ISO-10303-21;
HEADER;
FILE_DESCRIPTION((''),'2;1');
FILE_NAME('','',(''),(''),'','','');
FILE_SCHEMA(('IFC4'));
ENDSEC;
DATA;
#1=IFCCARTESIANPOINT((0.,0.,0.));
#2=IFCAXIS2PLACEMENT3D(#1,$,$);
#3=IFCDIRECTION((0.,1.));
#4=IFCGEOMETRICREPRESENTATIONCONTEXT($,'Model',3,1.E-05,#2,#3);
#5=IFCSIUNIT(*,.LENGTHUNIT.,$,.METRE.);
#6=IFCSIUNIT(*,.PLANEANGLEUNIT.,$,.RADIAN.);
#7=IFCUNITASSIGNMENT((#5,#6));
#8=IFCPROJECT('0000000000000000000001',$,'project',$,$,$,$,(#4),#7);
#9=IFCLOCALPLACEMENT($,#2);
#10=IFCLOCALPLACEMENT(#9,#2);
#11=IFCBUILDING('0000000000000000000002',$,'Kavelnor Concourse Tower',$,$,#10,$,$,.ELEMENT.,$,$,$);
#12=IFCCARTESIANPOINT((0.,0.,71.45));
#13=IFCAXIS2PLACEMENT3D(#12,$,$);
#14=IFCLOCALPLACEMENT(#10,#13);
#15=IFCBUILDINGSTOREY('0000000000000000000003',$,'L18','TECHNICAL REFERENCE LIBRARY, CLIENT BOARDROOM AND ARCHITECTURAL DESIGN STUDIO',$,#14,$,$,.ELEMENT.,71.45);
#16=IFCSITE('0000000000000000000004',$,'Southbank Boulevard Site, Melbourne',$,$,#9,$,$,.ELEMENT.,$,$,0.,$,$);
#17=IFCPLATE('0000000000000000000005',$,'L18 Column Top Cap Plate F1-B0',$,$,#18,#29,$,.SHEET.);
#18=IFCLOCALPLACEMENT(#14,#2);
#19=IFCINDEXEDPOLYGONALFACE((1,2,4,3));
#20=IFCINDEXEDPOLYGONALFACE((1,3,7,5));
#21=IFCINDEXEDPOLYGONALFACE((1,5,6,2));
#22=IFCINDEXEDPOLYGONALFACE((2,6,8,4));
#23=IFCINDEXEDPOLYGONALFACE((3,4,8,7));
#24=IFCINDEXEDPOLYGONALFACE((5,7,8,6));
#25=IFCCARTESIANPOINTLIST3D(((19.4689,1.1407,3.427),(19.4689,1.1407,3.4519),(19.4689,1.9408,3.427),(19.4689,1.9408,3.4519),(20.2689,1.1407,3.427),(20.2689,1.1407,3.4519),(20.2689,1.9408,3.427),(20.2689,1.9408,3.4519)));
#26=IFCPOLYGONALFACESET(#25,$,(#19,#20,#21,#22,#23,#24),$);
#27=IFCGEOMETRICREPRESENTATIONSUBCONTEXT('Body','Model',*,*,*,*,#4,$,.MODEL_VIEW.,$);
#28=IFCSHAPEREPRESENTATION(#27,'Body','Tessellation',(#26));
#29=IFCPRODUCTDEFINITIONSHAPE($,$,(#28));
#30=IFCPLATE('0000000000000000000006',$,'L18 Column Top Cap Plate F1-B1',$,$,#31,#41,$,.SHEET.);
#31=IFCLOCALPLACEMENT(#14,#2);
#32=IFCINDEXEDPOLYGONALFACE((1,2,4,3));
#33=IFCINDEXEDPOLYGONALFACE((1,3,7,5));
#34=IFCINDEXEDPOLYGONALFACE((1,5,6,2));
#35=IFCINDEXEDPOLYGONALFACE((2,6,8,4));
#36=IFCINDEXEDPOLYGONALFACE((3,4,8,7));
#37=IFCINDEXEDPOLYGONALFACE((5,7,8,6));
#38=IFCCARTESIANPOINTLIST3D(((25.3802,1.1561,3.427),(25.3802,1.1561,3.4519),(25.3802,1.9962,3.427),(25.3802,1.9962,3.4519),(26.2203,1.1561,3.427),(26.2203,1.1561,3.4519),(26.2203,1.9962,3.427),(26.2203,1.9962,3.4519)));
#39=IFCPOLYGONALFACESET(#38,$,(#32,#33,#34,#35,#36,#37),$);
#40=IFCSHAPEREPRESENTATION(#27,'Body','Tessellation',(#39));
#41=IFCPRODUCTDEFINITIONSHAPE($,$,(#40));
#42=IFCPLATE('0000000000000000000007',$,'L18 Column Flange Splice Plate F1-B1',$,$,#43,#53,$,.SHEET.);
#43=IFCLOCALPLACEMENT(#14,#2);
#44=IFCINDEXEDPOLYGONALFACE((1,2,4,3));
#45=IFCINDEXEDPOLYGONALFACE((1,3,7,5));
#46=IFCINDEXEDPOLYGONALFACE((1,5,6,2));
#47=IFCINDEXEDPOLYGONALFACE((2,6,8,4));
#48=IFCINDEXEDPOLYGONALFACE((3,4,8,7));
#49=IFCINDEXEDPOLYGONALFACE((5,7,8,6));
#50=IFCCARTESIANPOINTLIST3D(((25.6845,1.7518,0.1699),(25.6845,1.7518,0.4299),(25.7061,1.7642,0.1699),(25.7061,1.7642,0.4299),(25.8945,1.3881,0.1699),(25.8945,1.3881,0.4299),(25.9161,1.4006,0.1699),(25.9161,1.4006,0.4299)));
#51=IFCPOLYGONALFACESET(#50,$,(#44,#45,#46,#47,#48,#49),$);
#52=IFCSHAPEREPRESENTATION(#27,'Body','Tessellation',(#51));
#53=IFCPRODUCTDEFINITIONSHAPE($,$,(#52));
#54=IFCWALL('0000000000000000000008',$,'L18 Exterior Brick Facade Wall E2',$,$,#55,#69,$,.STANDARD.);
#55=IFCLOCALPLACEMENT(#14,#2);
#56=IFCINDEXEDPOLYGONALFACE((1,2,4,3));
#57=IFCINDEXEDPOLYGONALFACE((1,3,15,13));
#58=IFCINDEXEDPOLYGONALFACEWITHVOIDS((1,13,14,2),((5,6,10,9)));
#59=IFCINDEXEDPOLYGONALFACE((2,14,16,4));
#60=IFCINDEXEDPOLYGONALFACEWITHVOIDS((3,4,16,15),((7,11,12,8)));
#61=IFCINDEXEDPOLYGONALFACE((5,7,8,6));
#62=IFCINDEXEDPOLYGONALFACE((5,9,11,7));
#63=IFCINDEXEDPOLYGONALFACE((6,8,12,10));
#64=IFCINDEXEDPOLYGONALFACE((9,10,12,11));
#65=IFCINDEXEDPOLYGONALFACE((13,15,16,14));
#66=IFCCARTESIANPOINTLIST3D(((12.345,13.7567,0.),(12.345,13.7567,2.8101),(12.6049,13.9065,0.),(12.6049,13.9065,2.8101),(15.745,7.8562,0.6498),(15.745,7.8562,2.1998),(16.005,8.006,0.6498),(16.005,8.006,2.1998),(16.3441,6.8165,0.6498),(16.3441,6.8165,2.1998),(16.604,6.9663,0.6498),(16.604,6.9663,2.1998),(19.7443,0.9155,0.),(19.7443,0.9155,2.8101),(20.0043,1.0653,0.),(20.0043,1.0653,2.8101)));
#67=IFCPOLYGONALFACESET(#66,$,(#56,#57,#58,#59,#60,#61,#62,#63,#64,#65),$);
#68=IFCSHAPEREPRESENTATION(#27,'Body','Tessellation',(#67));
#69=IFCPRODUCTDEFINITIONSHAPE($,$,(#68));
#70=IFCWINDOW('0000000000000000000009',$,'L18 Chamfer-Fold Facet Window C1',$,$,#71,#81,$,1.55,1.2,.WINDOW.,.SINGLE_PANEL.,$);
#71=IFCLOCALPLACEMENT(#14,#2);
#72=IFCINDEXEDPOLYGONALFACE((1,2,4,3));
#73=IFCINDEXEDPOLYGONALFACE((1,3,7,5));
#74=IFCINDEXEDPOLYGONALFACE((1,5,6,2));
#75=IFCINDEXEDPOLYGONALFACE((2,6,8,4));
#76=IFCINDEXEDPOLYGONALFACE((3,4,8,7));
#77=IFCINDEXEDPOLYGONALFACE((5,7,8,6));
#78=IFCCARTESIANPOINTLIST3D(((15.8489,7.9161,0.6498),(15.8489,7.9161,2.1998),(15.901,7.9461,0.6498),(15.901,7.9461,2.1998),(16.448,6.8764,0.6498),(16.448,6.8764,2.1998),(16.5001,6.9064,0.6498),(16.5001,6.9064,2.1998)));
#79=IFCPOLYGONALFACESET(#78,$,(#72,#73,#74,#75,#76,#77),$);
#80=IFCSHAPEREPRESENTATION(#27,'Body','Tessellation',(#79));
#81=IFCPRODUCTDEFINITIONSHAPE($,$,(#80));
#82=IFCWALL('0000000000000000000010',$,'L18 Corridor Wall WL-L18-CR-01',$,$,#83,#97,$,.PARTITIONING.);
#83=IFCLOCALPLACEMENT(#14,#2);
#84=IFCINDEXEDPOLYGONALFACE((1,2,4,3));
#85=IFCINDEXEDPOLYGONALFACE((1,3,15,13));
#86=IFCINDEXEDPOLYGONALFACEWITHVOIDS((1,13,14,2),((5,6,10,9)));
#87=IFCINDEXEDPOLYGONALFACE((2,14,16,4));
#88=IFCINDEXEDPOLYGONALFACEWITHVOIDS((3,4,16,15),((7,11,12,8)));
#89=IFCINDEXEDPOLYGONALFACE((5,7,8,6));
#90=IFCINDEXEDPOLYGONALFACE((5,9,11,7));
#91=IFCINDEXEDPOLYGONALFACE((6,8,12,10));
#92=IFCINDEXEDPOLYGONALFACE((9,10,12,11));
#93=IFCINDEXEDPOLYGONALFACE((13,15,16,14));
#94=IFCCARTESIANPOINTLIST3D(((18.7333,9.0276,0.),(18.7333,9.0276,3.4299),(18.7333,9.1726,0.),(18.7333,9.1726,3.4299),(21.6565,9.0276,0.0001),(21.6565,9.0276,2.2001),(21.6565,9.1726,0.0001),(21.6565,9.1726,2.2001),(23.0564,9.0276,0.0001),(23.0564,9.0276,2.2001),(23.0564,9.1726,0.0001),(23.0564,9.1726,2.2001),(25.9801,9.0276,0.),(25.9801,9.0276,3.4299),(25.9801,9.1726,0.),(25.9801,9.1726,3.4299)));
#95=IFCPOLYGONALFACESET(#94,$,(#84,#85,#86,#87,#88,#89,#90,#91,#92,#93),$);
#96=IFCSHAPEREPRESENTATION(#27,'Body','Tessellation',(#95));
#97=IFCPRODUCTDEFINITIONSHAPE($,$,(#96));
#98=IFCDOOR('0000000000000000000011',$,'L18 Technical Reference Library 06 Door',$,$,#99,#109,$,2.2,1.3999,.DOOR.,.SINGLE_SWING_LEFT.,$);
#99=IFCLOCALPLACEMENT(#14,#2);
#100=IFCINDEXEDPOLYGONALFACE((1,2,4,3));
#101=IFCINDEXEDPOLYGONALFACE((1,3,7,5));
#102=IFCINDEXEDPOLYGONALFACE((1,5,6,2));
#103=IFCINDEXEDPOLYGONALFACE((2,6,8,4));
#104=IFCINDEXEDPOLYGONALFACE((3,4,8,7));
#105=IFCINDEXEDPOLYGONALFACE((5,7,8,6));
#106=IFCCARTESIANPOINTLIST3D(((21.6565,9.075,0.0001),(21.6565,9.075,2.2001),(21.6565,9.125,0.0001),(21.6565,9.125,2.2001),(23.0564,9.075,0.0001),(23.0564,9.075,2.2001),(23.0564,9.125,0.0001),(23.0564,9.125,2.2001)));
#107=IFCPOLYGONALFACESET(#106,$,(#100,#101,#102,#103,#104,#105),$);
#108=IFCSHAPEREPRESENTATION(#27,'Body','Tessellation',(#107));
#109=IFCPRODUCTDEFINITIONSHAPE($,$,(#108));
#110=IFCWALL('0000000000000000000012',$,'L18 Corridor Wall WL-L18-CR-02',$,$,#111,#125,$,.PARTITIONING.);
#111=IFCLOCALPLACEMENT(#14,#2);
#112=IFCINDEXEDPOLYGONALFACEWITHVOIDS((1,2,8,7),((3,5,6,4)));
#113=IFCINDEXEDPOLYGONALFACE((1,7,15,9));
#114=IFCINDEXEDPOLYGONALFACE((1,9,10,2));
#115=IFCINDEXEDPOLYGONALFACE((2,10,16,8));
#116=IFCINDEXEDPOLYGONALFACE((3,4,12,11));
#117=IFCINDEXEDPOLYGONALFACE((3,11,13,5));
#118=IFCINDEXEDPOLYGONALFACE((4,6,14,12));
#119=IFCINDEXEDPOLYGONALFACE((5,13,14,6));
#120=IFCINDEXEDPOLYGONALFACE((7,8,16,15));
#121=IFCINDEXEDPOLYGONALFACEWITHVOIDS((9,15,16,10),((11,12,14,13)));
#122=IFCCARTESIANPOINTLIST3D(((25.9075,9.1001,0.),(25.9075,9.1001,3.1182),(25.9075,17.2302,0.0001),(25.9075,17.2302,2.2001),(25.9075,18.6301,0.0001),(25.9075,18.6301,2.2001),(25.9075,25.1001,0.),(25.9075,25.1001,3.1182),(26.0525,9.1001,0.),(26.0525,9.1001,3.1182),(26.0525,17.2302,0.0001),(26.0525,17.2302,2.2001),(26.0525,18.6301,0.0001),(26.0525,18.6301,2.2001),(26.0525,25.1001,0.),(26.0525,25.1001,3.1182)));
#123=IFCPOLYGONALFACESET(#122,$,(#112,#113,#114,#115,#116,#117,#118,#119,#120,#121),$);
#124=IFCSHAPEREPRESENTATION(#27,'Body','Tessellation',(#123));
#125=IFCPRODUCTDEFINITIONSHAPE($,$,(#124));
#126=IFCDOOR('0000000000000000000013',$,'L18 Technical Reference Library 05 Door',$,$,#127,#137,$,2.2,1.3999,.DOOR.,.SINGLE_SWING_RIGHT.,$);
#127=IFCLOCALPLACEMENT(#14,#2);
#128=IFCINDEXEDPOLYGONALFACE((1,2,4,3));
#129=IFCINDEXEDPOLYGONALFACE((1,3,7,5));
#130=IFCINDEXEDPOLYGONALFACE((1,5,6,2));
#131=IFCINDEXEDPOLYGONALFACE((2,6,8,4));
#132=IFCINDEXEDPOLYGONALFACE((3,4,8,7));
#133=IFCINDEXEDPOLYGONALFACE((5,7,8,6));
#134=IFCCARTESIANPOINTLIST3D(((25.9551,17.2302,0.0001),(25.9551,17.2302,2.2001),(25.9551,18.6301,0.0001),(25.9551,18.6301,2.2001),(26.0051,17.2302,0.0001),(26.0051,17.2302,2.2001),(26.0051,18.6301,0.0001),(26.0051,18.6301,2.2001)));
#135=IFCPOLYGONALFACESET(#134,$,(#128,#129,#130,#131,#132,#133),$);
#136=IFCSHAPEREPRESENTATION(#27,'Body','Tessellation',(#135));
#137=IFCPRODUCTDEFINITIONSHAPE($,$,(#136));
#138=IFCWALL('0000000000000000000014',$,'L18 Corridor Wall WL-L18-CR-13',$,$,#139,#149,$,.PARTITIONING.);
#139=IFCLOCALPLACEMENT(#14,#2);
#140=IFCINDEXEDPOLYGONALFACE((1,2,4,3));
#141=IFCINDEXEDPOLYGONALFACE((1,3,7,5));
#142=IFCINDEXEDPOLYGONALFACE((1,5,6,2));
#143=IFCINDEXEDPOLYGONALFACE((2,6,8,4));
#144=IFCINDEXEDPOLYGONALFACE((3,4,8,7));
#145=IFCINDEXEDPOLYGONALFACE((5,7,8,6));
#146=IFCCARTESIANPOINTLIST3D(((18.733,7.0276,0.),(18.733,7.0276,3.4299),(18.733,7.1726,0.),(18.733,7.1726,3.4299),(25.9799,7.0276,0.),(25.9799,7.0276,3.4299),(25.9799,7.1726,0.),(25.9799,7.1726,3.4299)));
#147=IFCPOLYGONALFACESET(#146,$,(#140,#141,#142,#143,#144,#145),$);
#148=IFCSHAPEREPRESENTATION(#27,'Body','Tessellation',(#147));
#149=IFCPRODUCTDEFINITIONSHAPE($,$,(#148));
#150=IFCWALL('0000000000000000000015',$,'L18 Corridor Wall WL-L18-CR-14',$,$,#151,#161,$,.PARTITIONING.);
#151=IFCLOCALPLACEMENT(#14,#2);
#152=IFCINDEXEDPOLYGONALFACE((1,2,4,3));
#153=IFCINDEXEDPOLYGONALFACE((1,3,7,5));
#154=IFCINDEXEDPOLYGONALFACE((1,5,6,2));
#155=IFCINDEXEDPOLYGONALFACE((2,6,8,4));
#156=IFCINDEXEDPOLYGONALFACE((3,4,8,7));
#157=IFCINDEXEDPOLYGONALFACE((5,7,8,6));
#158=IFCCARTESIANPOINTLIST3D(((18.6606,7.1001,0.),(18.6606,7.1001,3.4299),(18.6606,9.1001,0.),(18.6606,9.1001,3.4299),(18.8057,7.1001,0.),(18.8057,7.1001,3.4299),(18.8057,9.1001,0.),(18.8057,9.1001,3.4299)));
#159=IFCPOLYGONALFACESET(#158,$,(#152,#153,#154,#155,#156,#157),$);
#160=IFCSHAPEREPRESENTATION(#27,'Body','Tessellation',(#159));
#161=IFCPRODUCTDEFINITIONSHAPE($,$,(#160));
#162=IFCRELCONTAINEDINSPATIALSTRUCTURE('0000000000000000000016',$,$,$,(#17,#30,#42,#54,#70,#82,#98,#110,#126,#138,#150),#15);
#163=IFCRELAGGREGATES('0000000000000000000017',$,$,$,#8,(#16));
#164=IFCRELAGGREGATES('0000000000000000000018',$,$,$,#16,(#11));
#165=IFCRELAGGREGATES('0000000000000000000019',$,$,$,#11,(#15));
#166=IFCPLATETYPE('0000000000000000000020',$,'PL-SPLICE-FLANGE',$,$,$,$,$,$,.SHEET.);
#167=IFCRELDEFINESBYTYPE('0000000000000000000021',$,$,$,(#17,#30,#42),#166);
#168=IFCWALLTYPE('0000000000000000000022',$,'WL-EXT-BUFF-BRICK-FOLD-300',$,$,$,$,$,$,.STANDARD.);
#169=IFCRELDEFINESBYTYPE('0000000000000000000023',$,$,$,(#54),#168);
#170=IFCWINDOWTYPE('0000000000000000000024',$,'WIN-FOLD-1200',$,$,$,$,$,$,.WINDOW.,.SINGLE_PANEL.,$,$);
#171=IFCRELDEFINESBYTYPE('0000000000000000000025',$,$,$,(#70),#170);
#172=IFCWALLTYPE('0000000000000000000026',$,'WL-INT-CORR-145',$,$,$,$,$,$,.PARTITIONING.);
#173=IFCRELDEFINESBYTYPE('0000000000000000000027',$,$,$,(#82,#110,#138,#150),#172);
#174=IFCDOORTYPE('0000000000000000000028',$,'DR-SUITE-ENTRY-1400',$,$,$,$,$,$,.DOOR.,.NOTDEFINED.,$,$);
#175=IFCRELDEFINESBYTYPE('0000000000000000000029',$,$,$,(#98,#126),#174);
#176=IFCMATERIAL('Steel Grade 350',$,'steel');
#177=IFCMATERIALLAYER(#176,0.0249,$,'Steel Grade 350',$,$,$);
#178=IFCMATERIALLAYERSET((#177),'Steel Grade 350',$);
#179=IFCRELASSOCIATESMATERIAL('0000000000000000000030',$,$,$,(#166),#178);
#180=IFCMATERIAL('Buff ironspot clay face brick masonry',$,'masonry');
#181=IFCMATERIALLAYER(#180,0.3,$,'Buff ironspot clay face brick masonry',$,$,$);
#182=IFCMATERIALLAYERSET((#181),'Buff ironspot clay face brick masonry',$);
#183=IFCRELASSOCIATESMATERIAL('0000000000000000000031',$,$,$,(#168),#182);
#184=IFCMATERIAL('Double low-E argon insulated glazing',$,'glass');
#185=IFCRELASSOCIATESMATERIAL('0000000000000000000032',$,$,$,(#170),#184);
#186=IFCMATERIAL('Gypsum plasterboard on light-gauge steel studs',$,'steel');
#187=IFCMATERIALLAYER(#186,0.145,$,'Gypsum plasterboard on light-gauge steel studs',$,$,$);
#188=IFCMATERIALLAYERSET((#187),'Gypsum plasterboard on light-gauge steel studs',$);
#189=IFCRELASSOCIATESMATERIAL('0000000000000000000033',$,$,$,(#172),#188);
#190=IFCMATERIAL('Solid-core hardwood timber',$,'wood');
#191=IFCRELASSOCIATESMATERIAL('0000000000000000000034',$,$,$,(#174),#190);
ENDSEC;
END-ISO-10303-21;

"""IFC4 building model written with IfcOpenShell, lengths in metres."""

from ifc_helpers import new_model, si_unit, direction, frame, frame_2d, origin, origin_2d, place, context, subcontext, project, spatial, rectangle, extrude, material, layer, layer_set, type_object, element, fill, save


model = new_model("IFC4")

# Units and contexts
model_context = context("Model", 3, precision=1e-05, world=origin(), true_north=direction((0.0, 1.0)))
body_context = subcontext(model_context, "Body", "Model", "MODEL_VIEW")
ifc_project = project(units=[si_unit("LENGTHUNIT", "METRE"), si_unit("PLANEANGLEUNIT", "RADIAN")], contexts=[model_context])

# Site, building, storey
site_placement = place(None, origin())
site = spatial("IfcSite", under=ifc_project, at=site_placement, Name="Southbank Boulevard Site, Melbourne", CompositionType="ELEMENT", RefElevation=0.0)
building_placement = place(site_placement, origin())
building = spatial("IfcBuilding", under=site, at=building_placement, Name="Kavelnor Concourse Tower", CompositionType="ELEMENT")
storey_placement = place(building_placement, frame((0.0, 0.0, 71.45)))
storey = spatial("IfcBuildingStorey", under=building, at=storey_placement, Name="L18", Description="TECHNICAL REFERENCE LIBRARY, CLIENT BOARDROOM AND ARCHITECTURAL DESIGN STUDIO", CompositionType="ELEMENT", Elevation=71.45)

# Shared definitions
ifc_material_1 = material(Name="Steel Grade 350", Category="steel")

# Plates
ifc_layer_1 = layer(ifc_material_1, 0.0249, Name="Steel Grade 350")
ifc_layer_set_1 = layer_set([ifc_layer_1], Name="Steel Grade 350")
plate_type = type_object("IfcPlateType", Name="PL-SPLICE-FLANGE", PredefinedType="SHEET", material=ifc_layer_set_1)
plate_1_placement = place(storey_placement, frame((19.8689, 1.5408, 3.427), z_axis=(0.0, 0.0, 1.0), x_axis=(1.0, 0.0, 0.0)))
element("IfcPlate", 1, at=plate_1_placement, inside=storey, type_object=plate_type, Name="L18 Column Top Cap Plate F1-B0", PredefinedType="SHEET", context=body_context, shape_type="SweptSolid", body=[
    extrude(rectangle(XDim=0.8, YDim=0.8, at=origin_2d()), origin(), (0.0, 0.0, 1.0), 0.0249),
])
plate_2_placement = place(storey_placement, frame((25.8003, 1.5762, 3.427), z_axis=(0.0, 0.0, 1.0), x_axis=(1.0, 0.0, 0.0)))
element("IfcPlate", 2, at=plate_2_placement, inside=storey, type_object=plate_type, Name="L18 Column Top Cap Plate F1-B1", PredefinedType="SHEET", context=body_context, shape_type="SweptSolid", body=[
    extrude(rectangle(XDim=0.8401, YDim=0.8401, at=origin_2d()), origin(), (0.0, 0.0, 1.0), 0.0249),
])
plate_3_placement = place(storey_placement, frame((25.8003, 1.5762, 0.1699), z_axis=(0.0, 0.0, 1.0), x_axis=(-0.5, 0.866025, 0.0)))
element("IfcPlate", 3, at=plate_3_placement, inside=storey, type_object=plate_type, Name="L18 Column Flange Splice Plate F1-B1", PredefinedType="SHEET", context=body_context, shape_type="SweptSolid", body=[
    extrude(rectangle(XDim=0.4199, YDim=0.0249, at=origin_2d()), origin(), (0.0, 0.0, 1.0), 0.26),
])

# Wall, opening, window
ifc_material_2 = material(Name="Buff ironspot clay face brick masonry", Category="masonry")
ifc_layer_2 = layer(ifc_material_2, 0.3, Name="Buff ironspot clay face brick masonry")
ifc_layer_set_2 = layer_set([ifc_layer_2], Name="Buff ironspot clay face brick masonry")
wall_type_1 = type_object("IfcWallType", Name="WL-EXT-BUFF-BRICK-FOLD-300", PredefinedType="STANDARD", material=ifc_layer_set_2)
wall_1_placement = place(storey_placement, frame((19.8743, 0.9905, 0.0), z_axis=(0.0, 0.0, 1.0), x_axis=(-0.499265, 0.866449, 0.0)))
wall_1 = element("IfcWall", 4, at=wall_1_placement, inside=storey, type_object=wall_type_1, Name="L18 Exterior Brick Facade Wall E2", PredefinedType="STANDARD", context=body_context, shape_type="SweptSolid", body=[
    extrude(rectangle(XDim=14.8206, YDim=0.3, at=frame_2d((7.4102, 0.0))), origin(), (0.0, 0.0, 1.0), 2.8101),
])
opening_1_placement = place(wall_1_placement, frame((6.8103, 0.0, 0.6499)))
opening_1 = element("IfcOpeningElement", 5, at=opening_1_placement, cuts=wall_1, PredefinedType="OPENING", context=body_context, shape_type="SweptSolid", body=[
    extrude(rectangle(XDim=1.2, YDim=1.55, at=frame_2d((0.6001, 0.7749))), frame((0.0, 0.1602, 0.0), z_axis=(0.0, -1.0, 0.0), x_axis=(1.0, 0.0, 0.0)), (0.0, 0.0, 1.0), 0.3201),
])
ifc_material_3 = material(Name="Double low-E argon insulated glazing", Category="glass")
window_type = type_object("IfcWindowType", Name="WIN-FOLD-1200", PartitioningType="SINGLE_PANEL", PredefinedType="WINDOW", material=ifc_material_3)
window_placement = place(opening_1_placement, origin())
window = element("IfcWindow", 6, at=window_placement, inside=storey, type_object=window_type, Name="L18 Chamfer-Fold Facet Window C1", OverallHeight=1.55, OverallWidth=1.2, PartitioningType="SINGLE_PANEL", PredefinedType="WINDOW", context=body_context, shape_type="SweptSolid", body=[
    extrude(rectangle(XDim=1.2, YDim=1.55, at=frame_2d((0.6001, 0.7749))), frame((0.0, 0.03, 0.0), z_axis=(0.0, -1.0, 0.0), x_axis=(1.0, 0.0, 0.0)), (0.0, 0.0, 1.0), 0.0601),
])
fill(opening_1, window)

# Walls, openings, doors
ifc_material_4 = material(Name="Gypsum plasterboard on light-gauge steel studs", Category="steel")
ifc_layer_3 = layer(ifc_material_4, 0.145, Name="Gypsum plasterboard on light-gauge steel studs")
ifc_layer_set_3 = layer_set([ifc_layer_3], Name="Gypsum plasterboard on light-gauge steel studs")
wall_type_2 = type_object("IfcWallType", Name="WL-INT-CORR-145", PredefinedType="PARTITIONING", material=ifc_layer_set_3)
wall_2_placement = place(storey_placement, frame((18.7332, 9.1001, 0.0), z_axis=(0.0, 0.0, 1.0), x_axis=(1.0, 0.0, 0.0)))
wall_2 = element("IfcWall", 7, at=wall_2_placement, inside=storey, type_object=wall_type_2, Name="L18 Corridor Wall WL-L18-CR-01", PredefinedType="PARTITIONING", context=body_context, shape_type="SweptSolid", body=[
    extrude(rectangle(XDim=7.2468, YDim=0.145, at=frame_2d((3.6235, 0.0))), origin(), (0.0, 0.0, 1.0), 3.4299),
])
opening_2_placement = place(wall_2_placement, frame((2.9233, 0.0, 0.0)))
opening_2 = element("IfcOpeningElement", 8, at=opening_2_placement, cuts=wall_2, PredefinedType="OPENING", context=body_context, shape_type="SweptSolid", body=[
    extrude(rectangle(XDim=1.3999, YDim=2.2, at=frame_2d((0.7, 1.1001))), frame((0.0, 0.0825, 0.0), z_axis=(0.0, -1.0, 0.0), x_axis=(1.0, 0.0, 0.0)), (0.0, 0.0, 1.0), 0.165),
])
ifc_material_5 = material(Name="Solid-core hardwood timber", Category="wood")
door_type = type_object("IfcDoorType", Name="DR-SUITE-ENTRY-1400", OperationType="NOTDEFINED", PredefinedType="DOOR", material=ifc_material_5)
door_1_placement = place(opening_2_placement, origin())
door_1 = element("IfcDoor", 9, at=door_1_placement, inside=storey, type_object=door_type, Name="L18 Technical Reference Library 06 Door", OperationType="SINGLE_SWING_LEFT", OverallHeight=2.2, OverallWidth=1.3999, PredefinedType="DOOR", context=body_context, shape_type="SweptSolid", body=[
    extrude(rectangle(XDim=1.3999, YDim=2.2, at=frame_2d((0.7, 1.1001))), frame((0.0, 0.0249, 0.0), z_axis=(0.0, -1.0, 0.0), x_axis=(1.0, 0.0, 0.0)), (0.0, 0.0, 1.0), 0.05),
])
fill(opening_2, door_1)
wall_3_placement = place(storey_placement, frame((25.98, 9.1001, 0.0), z_axis=(0.0, 0.0, 1.0), x_axis=(0.0, 1.0, 0.0)))
wall_3 = element("IfcWall", 10, at=wall_3_placement, inside=storey, type_object=wall_type_2, Name="L18 Corridor Wall WL-L18-CR-02", PredefinedType="PARTITIONING", context=body_context, shape_type="SweptSolid", body=[
    extrude(rectangle(XDim=16.0, YDim=0.145, at=frame_2d((8.0, 0.0))), origin(), (0.0, 0.0, 1.0), 3.1182),
])
opening_3_placement = place(wall_3_placement, frame((8.1301, 0.0, 0.0)))
opening_3 = element("IfcOpeningElement", 11, at=opening_3_placement, cuts=wall_3, PredefinedType="OPENING", context=body_context, shape_type="SweptSolid", body=[
    extrude(rectangle(XDim=1.3999, YDim=2.2, at=frame_2d((0.7, 1.1001))), frame((0.0, 0.0825, 0.0), z_axis=(0.0, -1.0, 0.0), x_axis=(1.0, 0.0, 0.0)), (0.0, 0.0, 1.0), 0.165),
])
door_2_placement = place(opening_3_placement, origin())
door_2 = element("IfcDoor", 12, at=door_2_placement, inside=storey, type_object=door_type, Name="L18 Technical Reference Library 05 Door", OperationType="SINGLE_SWING_RIGHT", OverallHeight=2.2, OverallWidth=1.3999, PredefinedType="DOOR", context=body_context, shape_type="SweptSolid", body=[
    extrude(rectangle(XDim=1.3999, YDim=2.2, at=frame_2d((0.7, 1.1001))), frame((0.0, 0.0249, 0.0), z_axis=(0.0, -1.0, 0.0), x_axis=(1.0, 0.0, 0.0)), (0.0, 0.0, 1.0), 0.05),
])
fill(opening_3, door_2)

# Walls
wall_4_placement = place(storey_placement, frame((25.98, 7.1001, 0.0), z_axis=(0.0, 0.0, 1.0), x_axis=(-1.0, 0.0, 0.0)))
element("IfcWall", 13, at=wall_4_placement, inside=storey, type_object=wall_type_2, Name="L18 Corridor Wall WL-L18-CR-13", PredefinedType="PARTITIONING", context=body_context, shape_type="SweptSolid", body=[
    extrude(rectangle(XDim=7.2468, YDim=0.145, at=frame_2d((3.6235, 0.0))), origin(), (0.0, 0.0, 1.0), 3.4299),
])
wall_5_placement = place(storey_placement, frame((18.7332, 7.1001, 0.0), z_axis=(0.0, 0.0, 1.0), x_axis=(0.0, 1.0, 0.0)))
element("IfcWall", 14, at=wall_5_placement, inside=storey, type_object=wall_type_2, Name="L18 Corridor Wall WL-L18-CR-14", PredefinedType="PARTITIONING", context=body_context, shape_type="SweptSolid", body=[
    extrude(rectangle(XDim=2.0, YDim=0.145, at=frame_2d((1.0, 0.0))), origin(), (0.0, 0.0, 1.0), 3.4299),
])

save(model, "model.ifc")
